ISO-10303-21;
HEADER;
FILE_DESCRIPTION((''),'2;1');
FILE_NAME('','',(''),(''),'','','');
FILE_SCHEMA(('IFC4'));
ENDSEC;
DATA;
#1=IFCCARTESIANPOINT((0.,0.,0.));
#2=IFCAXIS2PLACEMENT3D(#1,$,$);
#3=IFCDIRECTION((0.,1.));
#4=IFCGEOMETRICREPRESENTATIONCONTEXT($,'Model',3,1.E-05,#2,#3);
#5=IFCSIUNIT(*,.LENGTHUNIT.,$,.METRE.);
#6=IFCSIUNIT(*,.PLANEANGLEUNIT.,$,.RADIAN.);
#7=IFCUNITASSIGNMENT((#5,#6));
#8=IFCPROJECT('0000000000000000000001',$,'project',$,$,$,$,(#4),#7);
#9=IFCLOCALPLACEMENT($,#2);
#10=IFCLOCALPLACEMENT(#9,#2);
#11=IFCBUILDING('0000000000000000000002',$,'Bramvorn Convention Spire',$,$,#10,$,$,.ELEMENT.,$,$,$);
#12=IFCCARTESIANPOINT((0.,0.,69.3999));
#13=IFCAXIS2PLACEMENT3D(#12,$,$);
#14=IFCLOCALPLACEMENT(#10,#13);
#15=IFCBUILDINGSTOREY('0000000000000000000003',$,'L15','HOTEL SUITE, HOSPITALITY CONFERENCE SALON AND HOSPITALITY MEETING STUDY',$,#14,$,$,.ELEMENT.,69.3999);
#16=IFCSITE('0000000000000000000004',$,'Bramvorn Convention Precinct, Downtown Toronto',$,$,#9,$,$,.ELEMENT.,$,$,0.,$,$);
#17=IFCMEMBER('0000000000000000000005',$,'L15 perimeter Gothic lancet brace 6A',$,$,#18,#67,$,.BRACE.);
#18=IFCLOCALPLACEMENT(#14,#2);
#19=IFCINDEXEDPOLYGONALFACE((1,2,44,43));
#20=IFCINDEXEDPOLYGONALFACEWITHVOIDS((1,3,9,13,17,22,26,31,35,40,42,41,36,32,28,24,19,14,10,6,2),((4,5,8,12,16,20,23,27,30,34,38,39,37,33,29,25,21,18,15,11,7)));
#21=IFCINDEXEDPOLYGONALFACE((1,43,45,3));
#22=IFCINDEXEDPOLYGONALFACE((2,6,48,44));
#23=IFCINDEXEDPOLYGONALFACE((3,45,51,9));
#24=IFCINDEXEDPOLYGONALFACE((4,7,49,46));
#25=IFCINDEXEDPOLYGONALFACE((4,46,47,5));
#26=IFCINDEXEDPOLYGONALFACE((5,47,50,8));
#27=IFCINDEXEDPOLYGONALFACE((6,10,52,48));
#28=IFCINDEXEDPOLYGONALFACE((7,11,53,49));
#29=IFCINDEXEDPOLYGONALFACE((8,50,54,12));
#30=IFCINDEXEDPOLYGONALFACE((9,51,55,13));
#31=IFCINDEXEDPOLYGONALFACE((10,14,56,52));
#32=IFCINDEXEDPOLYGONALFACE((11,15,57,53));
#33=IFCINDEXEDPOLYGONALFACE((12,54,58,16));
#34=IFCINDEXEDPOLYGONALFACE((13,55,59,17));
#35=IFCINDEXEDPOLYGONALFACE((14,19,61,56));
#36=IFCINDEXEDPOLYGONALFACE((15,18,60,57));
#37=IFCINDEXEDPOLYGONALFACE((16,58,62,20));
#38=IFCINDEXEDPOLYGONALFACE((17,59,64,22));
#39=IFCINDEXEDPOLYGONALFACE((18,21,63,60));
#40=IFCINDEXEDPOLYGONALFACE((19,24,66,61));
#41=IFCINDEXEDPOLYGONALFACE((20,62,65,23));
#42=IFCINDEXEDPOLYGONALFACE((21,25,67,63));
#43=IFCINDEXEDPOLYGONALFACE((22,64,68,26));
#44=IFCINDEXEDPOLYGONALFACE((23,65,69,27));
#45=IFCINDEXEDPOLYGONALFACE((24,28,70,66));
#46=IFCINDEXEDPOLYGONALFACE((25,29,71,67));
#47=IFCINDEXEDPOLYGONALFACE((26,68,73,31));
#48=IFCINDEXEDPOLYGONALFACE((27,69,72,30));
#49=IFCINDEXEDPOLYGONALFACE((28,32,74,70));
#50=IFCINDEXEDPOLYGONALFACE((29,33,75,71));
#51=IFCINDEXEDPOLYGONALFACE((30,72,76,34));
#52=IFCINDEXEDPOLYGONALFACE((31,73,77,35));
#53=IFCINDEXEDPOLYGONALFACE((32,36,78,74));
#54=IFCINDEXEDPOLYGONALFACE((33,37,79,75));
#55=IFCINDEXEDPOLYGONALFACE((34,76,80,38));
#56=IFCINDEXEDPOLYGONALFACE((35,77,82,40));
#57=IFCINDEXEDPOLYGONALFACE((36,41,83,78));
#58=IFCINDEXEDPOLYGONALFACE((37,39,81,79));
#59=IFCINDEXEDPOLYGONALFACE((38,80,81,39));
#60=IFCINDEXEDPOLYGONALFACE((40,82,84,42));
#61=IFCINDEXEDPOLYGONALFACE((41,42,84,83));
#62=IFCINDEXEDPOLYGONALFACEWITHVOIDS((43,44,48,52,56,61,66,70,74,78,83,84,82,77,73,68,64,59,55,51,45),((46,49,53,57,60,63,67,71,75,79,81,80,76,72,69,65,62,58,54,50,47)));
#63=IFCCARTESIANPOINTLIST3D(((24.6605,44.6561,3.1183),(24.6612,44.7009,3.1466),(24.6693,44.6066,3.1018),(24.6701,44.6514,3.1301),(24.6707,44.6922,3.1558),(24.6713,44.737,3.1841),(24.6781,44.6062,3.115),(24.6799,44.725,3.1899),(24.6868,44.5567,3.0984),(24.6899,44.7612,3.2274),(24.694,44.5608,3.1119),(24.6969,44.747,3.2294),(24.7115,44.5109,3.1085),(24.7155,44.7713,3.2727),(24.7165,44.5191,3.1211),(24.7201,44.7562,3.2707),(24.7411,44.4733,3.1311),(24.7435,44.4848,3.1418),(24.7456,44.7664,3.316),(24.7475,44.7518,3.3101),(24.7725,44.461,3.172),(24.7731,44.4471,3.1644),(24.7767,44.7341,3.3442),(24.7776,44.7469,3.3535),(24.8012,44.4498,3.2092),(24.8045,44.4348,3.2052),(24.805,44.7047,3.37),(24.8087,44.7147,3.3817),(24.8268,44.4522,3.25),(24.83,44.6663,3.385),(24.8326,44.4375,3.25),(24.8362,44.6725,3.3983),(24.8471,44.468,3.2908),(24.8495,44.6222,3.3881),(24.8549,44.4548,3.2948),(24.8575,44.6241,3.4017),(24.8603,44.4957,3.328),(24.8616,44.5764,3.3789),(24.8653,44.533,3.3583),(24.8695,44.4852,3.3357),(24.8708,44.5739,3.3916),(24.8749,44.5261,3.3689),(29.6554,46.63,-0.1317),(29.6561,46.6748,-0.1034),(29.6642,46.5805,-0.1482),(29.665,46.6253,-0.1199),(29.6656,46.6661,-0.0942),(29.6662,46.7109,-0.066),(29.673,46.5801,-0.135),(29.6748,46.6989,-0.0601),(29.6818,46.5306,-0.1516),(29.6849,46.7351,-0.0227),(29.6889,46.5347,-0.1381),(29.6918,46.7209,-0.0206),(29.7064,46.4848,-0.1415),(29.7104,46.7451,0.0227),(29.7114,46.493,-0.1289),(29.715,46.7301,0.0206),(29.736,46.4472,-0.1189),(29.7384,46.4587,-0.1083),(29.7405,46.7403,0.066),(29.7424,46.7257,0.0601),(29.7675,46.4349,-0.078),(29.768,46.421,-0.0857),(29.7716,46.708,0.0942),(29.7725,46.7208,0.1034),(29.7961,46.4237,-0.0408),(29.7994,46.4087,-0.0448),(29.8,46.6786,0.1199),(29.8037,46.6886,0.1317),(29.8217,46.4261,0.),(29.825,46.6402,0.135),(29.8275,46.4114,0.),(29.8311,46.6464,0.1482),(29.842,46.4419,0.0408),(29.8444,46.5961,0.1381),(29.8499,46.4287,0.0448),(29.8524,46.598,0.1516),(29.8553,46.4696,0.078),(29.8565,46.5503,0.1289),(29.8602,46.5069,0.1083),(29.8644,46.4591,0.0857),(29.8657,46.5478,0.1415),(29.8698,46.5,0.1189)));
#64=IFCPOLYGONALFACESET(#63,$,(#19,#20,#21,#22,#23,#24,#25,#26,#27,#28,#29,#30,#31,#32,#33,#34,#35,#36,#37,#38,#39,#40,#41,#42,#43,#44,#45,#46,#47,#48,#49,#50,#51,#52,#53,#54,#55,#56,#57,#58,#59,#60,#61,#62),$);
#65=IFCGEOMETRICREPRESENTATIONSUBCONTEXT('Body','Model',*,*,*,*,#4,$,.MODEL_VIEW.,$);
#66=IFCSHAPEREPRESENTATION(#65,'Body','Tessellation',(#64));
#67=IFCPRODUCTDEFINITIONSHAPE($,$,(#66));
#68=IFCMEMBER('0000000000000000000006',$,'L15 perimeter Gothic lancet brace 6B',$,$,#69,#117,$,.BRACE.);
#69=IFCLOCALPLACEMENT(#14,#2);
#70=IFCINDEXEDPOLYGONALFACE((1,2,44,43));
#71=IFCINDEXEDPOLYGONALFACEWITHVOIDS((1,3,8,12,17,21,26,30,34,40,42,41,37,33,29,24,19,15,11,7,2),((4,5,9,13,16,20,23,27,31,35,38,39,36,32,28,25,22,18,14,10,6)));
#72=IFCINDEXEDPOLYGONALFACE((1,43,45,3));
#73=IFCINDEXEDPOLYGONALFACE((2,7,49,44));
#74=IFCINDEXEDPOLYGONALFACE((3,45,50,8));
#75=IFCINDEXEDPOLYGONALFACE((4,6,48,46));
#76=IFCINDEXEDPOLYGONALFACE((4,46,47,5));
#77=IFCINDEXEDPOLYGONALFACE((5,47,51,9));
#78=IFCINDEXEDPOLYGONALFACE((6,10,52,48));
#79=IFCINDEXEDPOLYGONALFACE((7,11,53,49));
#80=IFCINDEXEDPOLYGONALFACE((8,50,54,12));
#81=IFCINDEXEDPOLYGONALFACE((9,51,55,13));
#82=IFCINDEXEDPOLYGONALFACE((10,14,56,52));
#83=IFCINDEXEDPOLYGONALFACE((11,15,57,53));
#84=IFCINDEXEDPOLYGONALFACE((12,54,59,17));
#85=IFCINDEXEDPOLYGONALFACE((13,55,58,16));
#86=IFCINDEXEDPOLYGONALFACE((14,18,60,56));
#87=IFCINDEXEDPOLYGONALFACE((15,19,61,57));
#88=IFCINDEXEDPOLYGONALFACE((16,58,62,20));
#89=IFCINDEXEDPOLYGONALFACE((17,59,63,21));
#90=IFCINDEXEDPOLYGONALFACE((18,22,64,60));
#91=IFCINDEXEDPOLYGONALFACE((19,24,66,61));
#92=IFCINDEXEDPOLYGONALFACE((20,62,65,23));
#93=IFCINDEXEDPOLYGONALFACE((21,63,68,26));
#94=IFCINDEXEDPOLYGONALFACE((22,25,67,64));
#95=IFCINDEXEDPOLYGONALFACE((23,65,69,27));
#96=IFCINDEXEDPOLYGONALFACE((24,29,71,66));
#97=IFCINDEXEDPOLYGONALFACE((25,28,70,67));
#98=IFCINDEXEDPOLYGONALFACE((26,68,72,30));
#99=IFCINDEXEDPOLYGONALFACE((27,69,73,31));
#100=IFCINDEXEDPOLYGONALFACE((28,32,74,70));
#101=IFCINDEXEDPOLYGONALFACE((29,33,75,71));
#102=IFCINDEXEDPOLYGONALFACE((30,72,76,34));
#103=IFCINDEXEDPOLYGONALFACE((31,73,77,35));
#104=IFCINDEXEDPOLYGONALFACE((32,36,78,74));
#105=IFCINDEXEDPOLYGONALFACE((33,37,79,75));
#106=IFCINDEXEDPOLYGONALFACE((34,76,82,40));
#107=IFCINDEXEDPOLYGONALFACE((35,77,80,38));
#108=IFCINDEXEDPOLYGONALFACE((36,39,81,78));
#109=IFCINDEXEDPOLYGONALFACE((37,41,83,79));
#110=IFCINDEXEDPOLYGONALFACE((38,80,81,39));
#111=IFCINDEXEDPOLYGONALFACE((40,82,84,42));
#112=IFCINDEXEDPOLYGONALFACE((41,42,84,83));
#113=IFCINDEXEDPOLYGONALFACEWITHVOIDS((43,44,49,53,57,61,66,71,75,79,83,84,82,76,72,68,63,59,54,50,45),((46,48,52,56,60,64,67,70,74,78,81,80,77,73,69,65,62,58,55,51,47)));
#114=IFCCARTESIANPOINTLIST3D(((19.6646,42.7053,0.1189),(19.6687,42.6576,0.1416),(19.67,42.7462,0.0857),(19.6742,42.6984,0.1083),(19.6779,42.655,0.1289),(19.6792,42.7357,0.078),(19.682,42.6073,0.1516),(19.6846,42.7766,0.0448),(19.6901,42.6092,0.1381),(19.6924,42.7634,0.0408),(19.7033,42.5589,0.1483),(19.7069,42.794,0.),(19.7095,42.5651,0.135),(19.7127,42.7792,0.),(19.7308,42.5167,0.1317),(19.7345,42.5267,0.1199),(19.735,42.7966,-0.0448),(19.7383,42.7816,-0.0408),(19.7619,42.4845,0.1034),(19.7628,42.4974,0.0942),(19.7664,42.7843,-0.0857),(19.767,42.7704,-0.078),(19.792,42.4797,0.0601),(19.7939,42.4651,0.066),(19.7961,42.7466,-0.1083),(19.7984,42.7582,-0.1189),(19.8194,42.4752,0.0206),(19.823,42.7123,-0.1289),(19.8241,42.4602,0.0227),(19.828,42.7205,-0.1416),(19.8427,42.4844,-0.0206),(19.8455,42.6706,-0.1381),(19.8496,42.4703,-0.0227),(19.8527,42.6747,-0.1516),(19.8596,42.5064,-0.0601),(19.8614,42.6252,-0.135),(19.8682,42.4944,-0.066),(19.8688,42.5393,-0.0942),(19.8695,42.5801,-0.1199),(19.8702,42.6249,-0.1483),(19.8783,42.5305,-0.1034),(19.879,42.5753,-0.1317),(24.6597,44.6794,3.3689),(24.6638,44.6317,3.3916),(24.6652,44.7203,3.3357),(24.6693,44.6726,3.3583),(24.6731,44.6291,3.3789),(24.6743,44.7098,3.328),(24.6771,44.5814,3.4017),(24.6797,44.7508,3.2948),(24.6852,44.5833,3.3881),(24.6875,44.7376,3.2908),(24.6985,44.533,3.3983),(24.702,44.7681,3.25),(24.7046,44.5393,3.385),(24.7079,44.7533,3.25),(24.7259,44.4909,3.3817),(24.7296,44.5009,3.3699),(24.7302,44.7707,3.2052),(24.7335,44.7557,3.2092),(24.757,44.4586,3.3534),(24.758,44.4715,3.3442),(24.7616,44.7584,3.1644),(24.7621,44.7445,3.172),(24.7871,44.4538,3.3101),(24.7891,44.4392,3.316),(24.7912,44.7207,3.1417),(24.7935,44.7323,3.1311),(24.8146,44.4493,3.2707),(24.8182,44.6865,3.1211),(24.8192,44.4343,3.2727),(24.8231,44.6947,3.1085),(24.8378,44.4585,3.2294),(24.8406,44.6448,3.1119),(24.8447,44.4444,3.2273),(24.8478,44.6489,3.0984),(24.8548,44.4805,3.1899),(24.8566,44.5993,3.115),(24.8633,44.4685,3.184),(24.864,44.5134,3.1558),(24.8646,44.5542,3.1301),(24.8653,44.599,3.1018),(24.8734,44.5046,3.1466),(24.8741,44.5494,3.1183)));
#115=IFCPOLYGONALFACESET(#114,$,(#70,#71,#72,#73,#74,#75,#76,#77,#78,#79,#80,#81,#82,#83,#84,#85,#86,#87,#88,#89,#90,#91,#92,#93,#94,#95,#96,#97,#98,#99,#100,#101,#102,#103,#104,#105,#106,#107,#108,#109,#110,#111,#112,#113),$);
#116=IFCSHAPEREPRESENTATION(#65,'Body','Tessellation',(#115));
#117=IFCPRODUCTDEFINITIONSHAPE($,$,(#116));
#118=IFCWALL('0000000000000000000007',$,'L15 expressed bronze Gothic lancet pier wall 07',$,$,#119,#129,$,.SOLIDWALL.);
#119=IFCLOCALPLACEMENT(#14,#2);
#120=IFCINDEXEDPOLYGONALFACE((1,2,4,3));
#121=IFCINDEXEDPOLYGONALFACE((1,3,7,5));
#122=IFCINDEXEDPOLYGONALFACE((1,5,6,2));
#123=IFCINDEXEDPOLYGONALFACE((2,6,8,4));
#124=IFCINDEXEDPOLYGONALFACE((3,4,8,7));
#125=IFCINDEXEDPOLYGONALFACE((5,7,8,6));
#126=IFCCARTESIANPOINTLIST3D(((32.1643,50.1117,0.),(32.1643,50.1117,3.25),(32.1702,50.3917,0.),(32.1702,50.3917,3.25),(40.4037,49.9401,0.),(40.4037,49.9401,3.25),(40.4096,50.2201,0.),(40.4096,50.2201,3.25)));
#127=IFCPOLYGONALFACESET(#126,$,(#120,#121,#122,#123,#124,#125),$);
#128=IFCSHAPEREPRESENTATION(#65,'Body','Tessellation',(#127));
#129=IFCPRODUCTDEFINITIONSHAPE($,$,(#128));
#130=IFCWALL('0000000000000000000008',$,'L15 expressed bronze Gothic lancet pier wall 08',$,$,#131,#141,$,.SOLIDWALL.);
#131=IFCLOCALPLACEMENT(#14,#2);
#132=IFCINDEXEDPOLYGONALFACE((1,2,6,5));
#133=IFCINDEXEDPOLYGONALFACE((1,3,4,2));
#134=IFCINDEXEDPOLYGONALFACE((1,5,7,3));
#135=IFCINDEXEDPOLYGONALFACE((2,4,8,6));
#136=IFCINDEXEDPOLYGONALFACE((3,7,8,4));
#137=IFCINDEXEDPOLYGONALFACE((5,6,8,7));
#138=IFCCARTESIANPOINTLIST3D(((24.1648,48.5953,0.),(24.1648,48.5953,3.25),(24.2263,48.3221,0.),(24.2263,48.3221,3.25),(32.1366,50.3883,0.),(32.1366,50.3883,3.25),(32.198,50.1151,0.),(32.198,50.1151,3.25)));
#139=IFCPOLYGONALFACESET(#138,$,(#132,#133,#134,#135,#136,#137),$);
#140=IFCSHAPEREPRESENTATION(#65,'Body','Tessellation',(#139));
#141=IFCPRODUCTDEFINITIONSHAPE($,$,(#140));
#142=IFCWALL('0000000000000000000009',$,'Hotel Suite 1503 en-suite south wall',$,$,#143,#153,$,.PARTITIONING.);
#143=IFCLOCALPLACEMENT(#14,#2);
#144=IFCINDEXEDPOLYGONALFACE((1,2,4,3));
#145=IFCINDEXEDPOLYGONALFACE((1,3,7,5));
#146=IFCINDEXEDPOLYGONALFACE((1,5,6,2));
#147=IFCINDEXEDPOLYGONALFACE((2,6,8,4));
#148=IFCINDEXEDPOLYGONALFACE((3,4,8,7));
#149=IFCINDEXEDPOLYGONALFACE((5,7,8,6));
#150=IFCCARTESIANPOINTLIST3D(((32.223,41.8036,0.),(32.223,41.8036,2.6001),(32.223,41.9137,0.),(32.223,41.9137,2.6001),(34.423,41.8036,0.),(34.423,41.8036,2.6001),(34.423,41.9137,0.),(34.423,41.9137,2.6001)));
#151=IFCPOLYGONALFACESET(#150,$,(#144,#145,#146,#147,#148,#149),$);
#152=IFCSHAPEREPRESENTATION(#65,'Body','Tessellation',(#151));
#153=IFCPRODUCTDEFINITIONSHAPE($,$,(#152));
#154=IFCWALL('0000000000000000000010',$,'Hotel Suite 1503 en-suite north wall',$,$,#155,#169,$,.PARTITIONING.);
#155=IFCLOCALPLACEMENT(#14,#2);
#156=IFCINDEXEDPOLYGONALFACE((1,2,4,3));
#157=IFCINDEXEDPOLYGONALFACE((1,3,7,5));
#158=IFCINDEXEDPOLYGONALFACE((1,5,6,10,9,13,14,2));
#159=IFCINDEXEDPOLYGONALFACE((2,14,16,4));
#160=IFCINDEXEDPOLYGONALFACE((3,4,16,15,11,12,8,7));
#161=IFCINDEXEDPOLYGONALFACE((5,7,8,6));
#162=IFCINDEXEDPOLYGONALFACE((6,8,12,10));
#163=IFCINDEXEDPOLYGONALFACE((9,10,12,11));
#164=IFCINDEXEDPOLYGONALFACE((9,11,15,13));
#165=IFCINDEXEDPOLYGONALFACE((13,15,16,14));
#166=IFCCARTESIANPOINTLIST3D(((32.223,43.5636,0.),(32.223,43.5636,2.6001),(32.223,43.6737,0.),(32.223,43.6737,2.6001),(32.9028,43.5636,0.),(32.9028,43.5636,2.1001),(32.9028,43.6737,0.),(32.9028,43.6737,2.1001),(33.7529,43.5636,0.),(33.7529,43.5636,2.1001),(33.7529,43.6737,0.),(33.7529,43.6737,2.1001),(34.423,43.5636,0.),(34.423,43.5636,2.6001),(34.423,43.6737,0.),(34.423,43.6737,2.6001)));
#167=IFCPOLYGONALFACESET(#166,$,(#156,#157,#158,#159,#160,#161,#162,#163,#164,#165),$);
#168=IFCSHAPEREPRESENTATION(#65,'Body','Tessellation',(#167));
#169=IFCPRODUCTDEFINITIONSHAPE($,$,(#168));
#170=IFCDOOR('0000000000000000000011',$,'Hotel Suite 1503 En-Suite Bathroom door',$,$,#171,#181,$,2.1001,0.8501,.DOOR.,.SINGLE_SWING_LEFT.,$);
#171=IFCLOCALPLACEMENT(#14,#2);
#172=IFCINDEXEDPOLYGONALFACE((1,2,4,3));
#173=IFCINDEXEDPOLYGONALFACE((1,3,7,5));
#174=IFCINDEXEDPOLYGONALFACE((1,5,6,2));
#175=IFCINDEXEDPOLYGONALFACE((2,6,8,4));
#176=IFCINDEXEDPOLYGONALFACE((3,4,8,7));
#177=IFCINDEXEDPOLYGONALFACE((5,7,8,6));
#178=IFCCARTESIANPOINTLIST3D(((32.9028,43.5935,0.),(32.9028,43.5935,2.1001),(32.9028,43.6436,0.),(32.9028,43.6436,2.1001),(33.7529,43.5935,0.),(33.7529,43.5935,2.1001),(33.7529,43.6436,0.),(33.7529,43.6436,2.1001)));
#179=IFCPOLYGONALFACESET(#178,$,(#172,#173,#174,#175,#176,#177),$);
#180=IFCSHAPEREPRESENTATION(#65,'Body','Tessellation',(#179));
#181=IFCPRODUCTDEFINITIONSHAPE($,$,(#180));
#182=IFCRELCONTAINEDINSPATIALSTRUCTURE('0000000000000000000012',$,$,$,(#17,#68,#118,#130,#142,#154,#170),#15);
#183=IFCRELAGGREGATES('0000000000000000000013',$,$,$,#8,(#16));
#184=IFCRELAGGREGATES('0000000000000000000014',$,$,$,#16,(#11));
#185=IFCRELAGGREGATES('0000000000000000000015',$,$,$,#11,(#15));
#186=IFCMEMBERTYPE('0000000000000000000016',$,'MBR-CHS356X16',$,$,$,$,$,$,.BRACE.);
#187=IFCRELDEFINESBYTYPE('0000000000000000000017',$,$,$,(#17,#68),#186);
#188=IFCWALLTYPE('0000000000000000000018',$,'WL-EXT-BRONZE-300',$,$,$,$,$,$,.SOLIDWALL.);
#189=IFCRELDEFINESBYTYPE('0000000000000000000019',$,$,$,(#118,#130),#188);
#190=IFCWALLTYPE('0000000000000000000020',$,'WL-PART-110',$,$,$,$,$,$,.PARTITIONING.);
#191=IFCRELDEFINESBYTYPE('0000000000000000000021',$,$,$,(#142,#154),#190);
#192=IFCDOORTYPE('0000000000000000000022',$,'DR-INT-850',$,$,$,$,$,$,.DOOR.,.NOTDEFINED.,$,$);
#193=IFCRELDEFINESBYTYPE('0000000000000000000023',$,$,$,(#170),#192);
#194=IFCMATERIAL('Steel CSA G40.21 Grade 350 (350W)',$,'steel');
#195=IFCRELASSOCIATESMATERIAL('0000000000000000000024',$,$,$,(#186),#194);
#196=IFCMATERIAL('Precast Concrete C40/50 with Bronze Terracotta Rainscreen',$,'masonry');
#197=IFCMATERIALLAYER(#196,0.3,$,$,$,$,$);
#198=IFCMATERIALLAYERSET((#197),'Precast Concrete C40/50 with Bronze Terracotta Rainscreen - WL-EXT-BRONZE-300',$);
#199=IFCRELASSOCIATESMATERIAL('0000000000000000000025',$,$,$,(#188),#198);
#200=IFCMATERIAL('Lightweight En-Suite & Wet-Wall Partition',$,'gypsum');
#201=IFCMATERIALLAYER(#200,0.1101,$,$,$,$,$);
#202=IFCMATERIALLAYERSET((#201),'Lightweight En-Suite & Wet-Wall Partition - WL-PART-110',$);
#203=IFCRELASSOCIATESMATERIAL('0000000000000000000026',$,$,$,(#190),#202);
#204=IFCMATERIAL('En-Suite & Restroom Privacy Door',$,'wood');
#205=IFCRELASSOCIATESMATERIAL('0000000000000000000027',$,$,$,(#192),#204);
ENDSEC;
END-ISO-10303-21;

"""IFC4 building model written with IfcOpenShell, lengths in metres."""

from ifc_helpers import new_model, si_unit, direction, frame, frame_2d, origin, origin_2d, place, context, subcontext, project, spatial, rectangle, hollow_circle, extrude, material, layer, layer_set, material_profile, profile_set, type_object, element, fill, save


model = new_model("IFC4")

# Units and contexts
model_context = context("Model", 3, precision=1e-05, world=origin(), true_north=direction((0.0, 1.0)))
body_context = subcontext(model_context, "Body", "Model", "MODEL_VIEW")
ifc_project = project(units=[si_unit("LENGTHUNIT", "METRE"), si_unit("PLANEANGLEUNIT", "RADIAN")], contexts=[model_context])

# Site, building, storey
site_placement = place(None, origin())
site = spatial("IfcSite", under=ifc_project, at=site_placement, Name="Bramvorn Convention Precinct, Downtown Toronto", CompositionType="ELEMENT", RefElevation=0.0)
building_placement = place(site_placement, origin())
building = spatial("IfcBuilding", under=site, at=building_placement, Name="Bramvorn Convention Spire", CompositionType="ELEMENT")
storey_placement = place(building_placement, frame((0.0, 0.0, 69.3999)))
storey = spatial("IfcBuildingStorey", under=building, at=storey_placement, Name="L15", Description="HOTEL SUITE, HOSPITALITY CONFERENCE SALON AND HOSPITALITY MEETING STUDY", CompositionType="ELEMENT", Elevation=69.3999)

# Shared definitions
ifc_material_1 = material(Name="Steel CSA G40.21 Grade 350 (350W)", Category="steel")

# Members
ifc_material_profile_1 = material_profile(ifc_material_1, hollow_circle(Radius=0.1777, WallThickness=0.0159, at=origin_2d()))
ifc_profile_set_1 = profile_set([ifc_material_profile_1], Name="Steel CSA G40.21 Grade 350 (350W) - CHS356X16")
member_type = type_object("IfcMemberType", Name="MBR-CHS356X16", PredefinedType="BRACE", material=ifc_profile_set_1)
member_1_placement = place(storey_placement, frame((29.7622, 46.5767, 0.0), z_axis=(-0.795674, -0.314435, 0.517719), x_axis=(0.367524, -0.930014, 0.0)))
element("IfcMember", 1, at=member_1_placement, inside=storey, type_object=member_type, Name="L15 perimeter Gothic lancet brace 6A", PredefinedType="BRACE", context=body_context, shape_type="SweptSolid", body=[
    extrude(hollow_circle(Radius=0.1777, WallThickness=0.0159, at=origin_2d()), origin(), (0.0, 0.0, 1.0), 6.2776),
])
member_2_placement = place(storey_placement, frame((19.7722, 42.6287, 0.0), z_axis=(0.795679, 0.31446, 0.517697), x_axis=(-0.367547, 0.930005, 0.0)))
element("IfcMember", 2, at=member_2_placement, inside=storey, type_object=member_type, Name="L15 perimeter Gothic lancet brace 6B", PredefinedType="BRACE", context=body_context, shape_type="SweptSolid", body=[
    extrude(hollow_circle(Radius=0.1777, WallThickness=0.0159, at=origin_2d()), origin(), (0.0, 0.0, 1.0), 6.2778),
])

# Walls
ifc_material_2 = material(Name="Precast Concrete C40/50 with Bronze Terracotta Rainscreen", Category="masonry")
ifc_layer_1 = layer(ifc_material_2, 0.3)
ifc_layer_set_1 = layer_set([ifc_layer_1], Name="Precast Concrete C40/50 with Bronze Terracotta Rainscreen - WL-EXT-BRONZE-300")
wall_type_1 = type_object("IfcWallType", Name="WL-EXT-BRONZE-300", PredefinedType="SOLIDWALL", material=ifc_layer_set_1)
wall_1_placement = place(storey_placement, frame((32.1672, 50.2517, 0.0), z_axis=(0.0, 0.0, 1.0), x_axis=(0.999783, -0.020826, 0.0)))
element("IfcWall", 3, at=wall_1_placement, inside=storey, type_object=wall_type_1, Name="L15 expressed bronze Gothic lancet pier wall 07", PredefinedType="SOLIDWALL", context=body_context, shape_type="SweptSolid", body=[
    extrude(rectangle(XDim=8.2412, YDim=0.28, at=frame_2d((4.1206, 0.0))), origin(), (0.0, 0.0, 1.0), 3.25),
])
wall_2_placement = place(storey_placement, frame((24.1956, 48.4587, 0.0), z_axis=(0.0, 0.0, 1.0), x_axis=(0.975627, 0.219435, 0.0)))
element("IfcWall", 4, at=wall_2_placement, inside=storey, type_object=wall_type_1, Name="L15 expressed bronze Gothic lancet pier wall 08", PredefinedType="SOLIDWALL", context=body_context, shape_type="SweptSolid", body=[
    extrude(rectangle(XDim=8.1709, YDim=0.28, at=frame_2d((4.0854, 0.0))), origin(), (0.0, 0.0, 1.0), 3.25),
])
ifc_material_3 = material(Name="Lightweight En-Suite & Wet-Wall Partition", Category="gypsum")
ifc_layer_2 = layer(ifc_material_3, 0.1101)
ifc_layer_set_2 = layer_set([ifc_layer_2], Name="Lightweight En-Suite & Wet-Wall Partition - WL-PART-110")
wall_type_2 = type_object("IfcWallType", Name="WL-PART-110", PredefinedType="PARTITIONING", material=ifc_layer_set_2)
wall_3_placement = place(storey_placement, frame((32.2229, 41.8586, 0.0), z_axis=(0.0, 0.0, 1.0), x_axis=(1.0, 0.0, 0.0)))
element("IfcWall", 5, at=wall_3_placement, inside=storey, type_object=wall_type_2, Name="Hotel Suite 1503 en-suite south wall", PredefinedType="PARTITIONING", context=body_context, shape_type="SweptSolid", body=[
    extrude(rectangle(XDim=2.2, YDim=0.1101, at=frame_2d((1.1001, 0.0))), origin(), (0.0, 0.0, 1.0), 2.6001),
])

# Wall, opening, door
wall_4_placement = place(storey_placement, frame((32.2229, 43.6187, 0.0), z_axis=(0.0, 0.0, 1.0), x_axis=(1.0, 0.0, 0.0)))
wall_4 = element("IfcWall", 6, at=wall_4_placement, inside=storey, type_object=wall_type_2, Name="Hotel Suite 1503 en-suite north wall", PredefinedType="PARTITIONING", context=body_context, shape_type="SweptSolid", body=[
    extrude(rectangle(XDim=2.2, YDim=0.1101, at=frame_2d((1.1001, 0.0))), origin(), (0.0, 0.0, 1.0), 2.6001),
])
opening_1_placement = place(wall_4_placement, frame((0.6799, 0.0, 0.0)))
opening_1 = element("IfcOpeningElement", 7, at=opening_1_placement, cuts=wall_4, PredefinedType="OPENING", context=body_context, shape_type="SweptSolid", body=[
    extrude(rectangle(XDim=0.8501, YDim=2.1001, at=frame_2d((0.425, 1.05))), frame((0.0, 0.0649, 0.0), z_axis=(0.0, -1.0, 0.0), x_axis=(1.0, 0.0, 0.0)), (0.0, 0.0, 1.0), 0.1301),
])
ifc_material_4 = material(Name="En-Suite & Restroom Privacy Door", Category="wood")
door_type_1 = type_object("IfcDoorType", Name="DR-INT-850", OperationType="NOTDEFINED", PredefinedType="DOOR", material=ifc_material_4)
door_1_placement = place(opening_1_placement, origin())
door_1 = element("IfcDoor", 8, at=door_1_placement, inside=storey, type_object=door_type_1, Name="Hotel Suite 1503 En-Suite Bathroom door", OperationType="SINGLE_SWING_LEFT", OverallHeight=2.1001, OverallWidth=0.8501, PredefinedType="DOOR", context=body_context, shape_type="SweptSolid", body=[
    extrude(rectangle(XDim=0.8501, YDim=2.1001, at=frame_2d((0.425, 1.05))), frame((0.0, 0.0249, 0.0), z_axis=(0.0, -1.0, 0.0), x_axis=(1.0, 0.0, 0.0)), (0.0, 0.0, 1.0), 0.05),
])
fill(opening_1, door_1)

save(model, "model.ifc")
